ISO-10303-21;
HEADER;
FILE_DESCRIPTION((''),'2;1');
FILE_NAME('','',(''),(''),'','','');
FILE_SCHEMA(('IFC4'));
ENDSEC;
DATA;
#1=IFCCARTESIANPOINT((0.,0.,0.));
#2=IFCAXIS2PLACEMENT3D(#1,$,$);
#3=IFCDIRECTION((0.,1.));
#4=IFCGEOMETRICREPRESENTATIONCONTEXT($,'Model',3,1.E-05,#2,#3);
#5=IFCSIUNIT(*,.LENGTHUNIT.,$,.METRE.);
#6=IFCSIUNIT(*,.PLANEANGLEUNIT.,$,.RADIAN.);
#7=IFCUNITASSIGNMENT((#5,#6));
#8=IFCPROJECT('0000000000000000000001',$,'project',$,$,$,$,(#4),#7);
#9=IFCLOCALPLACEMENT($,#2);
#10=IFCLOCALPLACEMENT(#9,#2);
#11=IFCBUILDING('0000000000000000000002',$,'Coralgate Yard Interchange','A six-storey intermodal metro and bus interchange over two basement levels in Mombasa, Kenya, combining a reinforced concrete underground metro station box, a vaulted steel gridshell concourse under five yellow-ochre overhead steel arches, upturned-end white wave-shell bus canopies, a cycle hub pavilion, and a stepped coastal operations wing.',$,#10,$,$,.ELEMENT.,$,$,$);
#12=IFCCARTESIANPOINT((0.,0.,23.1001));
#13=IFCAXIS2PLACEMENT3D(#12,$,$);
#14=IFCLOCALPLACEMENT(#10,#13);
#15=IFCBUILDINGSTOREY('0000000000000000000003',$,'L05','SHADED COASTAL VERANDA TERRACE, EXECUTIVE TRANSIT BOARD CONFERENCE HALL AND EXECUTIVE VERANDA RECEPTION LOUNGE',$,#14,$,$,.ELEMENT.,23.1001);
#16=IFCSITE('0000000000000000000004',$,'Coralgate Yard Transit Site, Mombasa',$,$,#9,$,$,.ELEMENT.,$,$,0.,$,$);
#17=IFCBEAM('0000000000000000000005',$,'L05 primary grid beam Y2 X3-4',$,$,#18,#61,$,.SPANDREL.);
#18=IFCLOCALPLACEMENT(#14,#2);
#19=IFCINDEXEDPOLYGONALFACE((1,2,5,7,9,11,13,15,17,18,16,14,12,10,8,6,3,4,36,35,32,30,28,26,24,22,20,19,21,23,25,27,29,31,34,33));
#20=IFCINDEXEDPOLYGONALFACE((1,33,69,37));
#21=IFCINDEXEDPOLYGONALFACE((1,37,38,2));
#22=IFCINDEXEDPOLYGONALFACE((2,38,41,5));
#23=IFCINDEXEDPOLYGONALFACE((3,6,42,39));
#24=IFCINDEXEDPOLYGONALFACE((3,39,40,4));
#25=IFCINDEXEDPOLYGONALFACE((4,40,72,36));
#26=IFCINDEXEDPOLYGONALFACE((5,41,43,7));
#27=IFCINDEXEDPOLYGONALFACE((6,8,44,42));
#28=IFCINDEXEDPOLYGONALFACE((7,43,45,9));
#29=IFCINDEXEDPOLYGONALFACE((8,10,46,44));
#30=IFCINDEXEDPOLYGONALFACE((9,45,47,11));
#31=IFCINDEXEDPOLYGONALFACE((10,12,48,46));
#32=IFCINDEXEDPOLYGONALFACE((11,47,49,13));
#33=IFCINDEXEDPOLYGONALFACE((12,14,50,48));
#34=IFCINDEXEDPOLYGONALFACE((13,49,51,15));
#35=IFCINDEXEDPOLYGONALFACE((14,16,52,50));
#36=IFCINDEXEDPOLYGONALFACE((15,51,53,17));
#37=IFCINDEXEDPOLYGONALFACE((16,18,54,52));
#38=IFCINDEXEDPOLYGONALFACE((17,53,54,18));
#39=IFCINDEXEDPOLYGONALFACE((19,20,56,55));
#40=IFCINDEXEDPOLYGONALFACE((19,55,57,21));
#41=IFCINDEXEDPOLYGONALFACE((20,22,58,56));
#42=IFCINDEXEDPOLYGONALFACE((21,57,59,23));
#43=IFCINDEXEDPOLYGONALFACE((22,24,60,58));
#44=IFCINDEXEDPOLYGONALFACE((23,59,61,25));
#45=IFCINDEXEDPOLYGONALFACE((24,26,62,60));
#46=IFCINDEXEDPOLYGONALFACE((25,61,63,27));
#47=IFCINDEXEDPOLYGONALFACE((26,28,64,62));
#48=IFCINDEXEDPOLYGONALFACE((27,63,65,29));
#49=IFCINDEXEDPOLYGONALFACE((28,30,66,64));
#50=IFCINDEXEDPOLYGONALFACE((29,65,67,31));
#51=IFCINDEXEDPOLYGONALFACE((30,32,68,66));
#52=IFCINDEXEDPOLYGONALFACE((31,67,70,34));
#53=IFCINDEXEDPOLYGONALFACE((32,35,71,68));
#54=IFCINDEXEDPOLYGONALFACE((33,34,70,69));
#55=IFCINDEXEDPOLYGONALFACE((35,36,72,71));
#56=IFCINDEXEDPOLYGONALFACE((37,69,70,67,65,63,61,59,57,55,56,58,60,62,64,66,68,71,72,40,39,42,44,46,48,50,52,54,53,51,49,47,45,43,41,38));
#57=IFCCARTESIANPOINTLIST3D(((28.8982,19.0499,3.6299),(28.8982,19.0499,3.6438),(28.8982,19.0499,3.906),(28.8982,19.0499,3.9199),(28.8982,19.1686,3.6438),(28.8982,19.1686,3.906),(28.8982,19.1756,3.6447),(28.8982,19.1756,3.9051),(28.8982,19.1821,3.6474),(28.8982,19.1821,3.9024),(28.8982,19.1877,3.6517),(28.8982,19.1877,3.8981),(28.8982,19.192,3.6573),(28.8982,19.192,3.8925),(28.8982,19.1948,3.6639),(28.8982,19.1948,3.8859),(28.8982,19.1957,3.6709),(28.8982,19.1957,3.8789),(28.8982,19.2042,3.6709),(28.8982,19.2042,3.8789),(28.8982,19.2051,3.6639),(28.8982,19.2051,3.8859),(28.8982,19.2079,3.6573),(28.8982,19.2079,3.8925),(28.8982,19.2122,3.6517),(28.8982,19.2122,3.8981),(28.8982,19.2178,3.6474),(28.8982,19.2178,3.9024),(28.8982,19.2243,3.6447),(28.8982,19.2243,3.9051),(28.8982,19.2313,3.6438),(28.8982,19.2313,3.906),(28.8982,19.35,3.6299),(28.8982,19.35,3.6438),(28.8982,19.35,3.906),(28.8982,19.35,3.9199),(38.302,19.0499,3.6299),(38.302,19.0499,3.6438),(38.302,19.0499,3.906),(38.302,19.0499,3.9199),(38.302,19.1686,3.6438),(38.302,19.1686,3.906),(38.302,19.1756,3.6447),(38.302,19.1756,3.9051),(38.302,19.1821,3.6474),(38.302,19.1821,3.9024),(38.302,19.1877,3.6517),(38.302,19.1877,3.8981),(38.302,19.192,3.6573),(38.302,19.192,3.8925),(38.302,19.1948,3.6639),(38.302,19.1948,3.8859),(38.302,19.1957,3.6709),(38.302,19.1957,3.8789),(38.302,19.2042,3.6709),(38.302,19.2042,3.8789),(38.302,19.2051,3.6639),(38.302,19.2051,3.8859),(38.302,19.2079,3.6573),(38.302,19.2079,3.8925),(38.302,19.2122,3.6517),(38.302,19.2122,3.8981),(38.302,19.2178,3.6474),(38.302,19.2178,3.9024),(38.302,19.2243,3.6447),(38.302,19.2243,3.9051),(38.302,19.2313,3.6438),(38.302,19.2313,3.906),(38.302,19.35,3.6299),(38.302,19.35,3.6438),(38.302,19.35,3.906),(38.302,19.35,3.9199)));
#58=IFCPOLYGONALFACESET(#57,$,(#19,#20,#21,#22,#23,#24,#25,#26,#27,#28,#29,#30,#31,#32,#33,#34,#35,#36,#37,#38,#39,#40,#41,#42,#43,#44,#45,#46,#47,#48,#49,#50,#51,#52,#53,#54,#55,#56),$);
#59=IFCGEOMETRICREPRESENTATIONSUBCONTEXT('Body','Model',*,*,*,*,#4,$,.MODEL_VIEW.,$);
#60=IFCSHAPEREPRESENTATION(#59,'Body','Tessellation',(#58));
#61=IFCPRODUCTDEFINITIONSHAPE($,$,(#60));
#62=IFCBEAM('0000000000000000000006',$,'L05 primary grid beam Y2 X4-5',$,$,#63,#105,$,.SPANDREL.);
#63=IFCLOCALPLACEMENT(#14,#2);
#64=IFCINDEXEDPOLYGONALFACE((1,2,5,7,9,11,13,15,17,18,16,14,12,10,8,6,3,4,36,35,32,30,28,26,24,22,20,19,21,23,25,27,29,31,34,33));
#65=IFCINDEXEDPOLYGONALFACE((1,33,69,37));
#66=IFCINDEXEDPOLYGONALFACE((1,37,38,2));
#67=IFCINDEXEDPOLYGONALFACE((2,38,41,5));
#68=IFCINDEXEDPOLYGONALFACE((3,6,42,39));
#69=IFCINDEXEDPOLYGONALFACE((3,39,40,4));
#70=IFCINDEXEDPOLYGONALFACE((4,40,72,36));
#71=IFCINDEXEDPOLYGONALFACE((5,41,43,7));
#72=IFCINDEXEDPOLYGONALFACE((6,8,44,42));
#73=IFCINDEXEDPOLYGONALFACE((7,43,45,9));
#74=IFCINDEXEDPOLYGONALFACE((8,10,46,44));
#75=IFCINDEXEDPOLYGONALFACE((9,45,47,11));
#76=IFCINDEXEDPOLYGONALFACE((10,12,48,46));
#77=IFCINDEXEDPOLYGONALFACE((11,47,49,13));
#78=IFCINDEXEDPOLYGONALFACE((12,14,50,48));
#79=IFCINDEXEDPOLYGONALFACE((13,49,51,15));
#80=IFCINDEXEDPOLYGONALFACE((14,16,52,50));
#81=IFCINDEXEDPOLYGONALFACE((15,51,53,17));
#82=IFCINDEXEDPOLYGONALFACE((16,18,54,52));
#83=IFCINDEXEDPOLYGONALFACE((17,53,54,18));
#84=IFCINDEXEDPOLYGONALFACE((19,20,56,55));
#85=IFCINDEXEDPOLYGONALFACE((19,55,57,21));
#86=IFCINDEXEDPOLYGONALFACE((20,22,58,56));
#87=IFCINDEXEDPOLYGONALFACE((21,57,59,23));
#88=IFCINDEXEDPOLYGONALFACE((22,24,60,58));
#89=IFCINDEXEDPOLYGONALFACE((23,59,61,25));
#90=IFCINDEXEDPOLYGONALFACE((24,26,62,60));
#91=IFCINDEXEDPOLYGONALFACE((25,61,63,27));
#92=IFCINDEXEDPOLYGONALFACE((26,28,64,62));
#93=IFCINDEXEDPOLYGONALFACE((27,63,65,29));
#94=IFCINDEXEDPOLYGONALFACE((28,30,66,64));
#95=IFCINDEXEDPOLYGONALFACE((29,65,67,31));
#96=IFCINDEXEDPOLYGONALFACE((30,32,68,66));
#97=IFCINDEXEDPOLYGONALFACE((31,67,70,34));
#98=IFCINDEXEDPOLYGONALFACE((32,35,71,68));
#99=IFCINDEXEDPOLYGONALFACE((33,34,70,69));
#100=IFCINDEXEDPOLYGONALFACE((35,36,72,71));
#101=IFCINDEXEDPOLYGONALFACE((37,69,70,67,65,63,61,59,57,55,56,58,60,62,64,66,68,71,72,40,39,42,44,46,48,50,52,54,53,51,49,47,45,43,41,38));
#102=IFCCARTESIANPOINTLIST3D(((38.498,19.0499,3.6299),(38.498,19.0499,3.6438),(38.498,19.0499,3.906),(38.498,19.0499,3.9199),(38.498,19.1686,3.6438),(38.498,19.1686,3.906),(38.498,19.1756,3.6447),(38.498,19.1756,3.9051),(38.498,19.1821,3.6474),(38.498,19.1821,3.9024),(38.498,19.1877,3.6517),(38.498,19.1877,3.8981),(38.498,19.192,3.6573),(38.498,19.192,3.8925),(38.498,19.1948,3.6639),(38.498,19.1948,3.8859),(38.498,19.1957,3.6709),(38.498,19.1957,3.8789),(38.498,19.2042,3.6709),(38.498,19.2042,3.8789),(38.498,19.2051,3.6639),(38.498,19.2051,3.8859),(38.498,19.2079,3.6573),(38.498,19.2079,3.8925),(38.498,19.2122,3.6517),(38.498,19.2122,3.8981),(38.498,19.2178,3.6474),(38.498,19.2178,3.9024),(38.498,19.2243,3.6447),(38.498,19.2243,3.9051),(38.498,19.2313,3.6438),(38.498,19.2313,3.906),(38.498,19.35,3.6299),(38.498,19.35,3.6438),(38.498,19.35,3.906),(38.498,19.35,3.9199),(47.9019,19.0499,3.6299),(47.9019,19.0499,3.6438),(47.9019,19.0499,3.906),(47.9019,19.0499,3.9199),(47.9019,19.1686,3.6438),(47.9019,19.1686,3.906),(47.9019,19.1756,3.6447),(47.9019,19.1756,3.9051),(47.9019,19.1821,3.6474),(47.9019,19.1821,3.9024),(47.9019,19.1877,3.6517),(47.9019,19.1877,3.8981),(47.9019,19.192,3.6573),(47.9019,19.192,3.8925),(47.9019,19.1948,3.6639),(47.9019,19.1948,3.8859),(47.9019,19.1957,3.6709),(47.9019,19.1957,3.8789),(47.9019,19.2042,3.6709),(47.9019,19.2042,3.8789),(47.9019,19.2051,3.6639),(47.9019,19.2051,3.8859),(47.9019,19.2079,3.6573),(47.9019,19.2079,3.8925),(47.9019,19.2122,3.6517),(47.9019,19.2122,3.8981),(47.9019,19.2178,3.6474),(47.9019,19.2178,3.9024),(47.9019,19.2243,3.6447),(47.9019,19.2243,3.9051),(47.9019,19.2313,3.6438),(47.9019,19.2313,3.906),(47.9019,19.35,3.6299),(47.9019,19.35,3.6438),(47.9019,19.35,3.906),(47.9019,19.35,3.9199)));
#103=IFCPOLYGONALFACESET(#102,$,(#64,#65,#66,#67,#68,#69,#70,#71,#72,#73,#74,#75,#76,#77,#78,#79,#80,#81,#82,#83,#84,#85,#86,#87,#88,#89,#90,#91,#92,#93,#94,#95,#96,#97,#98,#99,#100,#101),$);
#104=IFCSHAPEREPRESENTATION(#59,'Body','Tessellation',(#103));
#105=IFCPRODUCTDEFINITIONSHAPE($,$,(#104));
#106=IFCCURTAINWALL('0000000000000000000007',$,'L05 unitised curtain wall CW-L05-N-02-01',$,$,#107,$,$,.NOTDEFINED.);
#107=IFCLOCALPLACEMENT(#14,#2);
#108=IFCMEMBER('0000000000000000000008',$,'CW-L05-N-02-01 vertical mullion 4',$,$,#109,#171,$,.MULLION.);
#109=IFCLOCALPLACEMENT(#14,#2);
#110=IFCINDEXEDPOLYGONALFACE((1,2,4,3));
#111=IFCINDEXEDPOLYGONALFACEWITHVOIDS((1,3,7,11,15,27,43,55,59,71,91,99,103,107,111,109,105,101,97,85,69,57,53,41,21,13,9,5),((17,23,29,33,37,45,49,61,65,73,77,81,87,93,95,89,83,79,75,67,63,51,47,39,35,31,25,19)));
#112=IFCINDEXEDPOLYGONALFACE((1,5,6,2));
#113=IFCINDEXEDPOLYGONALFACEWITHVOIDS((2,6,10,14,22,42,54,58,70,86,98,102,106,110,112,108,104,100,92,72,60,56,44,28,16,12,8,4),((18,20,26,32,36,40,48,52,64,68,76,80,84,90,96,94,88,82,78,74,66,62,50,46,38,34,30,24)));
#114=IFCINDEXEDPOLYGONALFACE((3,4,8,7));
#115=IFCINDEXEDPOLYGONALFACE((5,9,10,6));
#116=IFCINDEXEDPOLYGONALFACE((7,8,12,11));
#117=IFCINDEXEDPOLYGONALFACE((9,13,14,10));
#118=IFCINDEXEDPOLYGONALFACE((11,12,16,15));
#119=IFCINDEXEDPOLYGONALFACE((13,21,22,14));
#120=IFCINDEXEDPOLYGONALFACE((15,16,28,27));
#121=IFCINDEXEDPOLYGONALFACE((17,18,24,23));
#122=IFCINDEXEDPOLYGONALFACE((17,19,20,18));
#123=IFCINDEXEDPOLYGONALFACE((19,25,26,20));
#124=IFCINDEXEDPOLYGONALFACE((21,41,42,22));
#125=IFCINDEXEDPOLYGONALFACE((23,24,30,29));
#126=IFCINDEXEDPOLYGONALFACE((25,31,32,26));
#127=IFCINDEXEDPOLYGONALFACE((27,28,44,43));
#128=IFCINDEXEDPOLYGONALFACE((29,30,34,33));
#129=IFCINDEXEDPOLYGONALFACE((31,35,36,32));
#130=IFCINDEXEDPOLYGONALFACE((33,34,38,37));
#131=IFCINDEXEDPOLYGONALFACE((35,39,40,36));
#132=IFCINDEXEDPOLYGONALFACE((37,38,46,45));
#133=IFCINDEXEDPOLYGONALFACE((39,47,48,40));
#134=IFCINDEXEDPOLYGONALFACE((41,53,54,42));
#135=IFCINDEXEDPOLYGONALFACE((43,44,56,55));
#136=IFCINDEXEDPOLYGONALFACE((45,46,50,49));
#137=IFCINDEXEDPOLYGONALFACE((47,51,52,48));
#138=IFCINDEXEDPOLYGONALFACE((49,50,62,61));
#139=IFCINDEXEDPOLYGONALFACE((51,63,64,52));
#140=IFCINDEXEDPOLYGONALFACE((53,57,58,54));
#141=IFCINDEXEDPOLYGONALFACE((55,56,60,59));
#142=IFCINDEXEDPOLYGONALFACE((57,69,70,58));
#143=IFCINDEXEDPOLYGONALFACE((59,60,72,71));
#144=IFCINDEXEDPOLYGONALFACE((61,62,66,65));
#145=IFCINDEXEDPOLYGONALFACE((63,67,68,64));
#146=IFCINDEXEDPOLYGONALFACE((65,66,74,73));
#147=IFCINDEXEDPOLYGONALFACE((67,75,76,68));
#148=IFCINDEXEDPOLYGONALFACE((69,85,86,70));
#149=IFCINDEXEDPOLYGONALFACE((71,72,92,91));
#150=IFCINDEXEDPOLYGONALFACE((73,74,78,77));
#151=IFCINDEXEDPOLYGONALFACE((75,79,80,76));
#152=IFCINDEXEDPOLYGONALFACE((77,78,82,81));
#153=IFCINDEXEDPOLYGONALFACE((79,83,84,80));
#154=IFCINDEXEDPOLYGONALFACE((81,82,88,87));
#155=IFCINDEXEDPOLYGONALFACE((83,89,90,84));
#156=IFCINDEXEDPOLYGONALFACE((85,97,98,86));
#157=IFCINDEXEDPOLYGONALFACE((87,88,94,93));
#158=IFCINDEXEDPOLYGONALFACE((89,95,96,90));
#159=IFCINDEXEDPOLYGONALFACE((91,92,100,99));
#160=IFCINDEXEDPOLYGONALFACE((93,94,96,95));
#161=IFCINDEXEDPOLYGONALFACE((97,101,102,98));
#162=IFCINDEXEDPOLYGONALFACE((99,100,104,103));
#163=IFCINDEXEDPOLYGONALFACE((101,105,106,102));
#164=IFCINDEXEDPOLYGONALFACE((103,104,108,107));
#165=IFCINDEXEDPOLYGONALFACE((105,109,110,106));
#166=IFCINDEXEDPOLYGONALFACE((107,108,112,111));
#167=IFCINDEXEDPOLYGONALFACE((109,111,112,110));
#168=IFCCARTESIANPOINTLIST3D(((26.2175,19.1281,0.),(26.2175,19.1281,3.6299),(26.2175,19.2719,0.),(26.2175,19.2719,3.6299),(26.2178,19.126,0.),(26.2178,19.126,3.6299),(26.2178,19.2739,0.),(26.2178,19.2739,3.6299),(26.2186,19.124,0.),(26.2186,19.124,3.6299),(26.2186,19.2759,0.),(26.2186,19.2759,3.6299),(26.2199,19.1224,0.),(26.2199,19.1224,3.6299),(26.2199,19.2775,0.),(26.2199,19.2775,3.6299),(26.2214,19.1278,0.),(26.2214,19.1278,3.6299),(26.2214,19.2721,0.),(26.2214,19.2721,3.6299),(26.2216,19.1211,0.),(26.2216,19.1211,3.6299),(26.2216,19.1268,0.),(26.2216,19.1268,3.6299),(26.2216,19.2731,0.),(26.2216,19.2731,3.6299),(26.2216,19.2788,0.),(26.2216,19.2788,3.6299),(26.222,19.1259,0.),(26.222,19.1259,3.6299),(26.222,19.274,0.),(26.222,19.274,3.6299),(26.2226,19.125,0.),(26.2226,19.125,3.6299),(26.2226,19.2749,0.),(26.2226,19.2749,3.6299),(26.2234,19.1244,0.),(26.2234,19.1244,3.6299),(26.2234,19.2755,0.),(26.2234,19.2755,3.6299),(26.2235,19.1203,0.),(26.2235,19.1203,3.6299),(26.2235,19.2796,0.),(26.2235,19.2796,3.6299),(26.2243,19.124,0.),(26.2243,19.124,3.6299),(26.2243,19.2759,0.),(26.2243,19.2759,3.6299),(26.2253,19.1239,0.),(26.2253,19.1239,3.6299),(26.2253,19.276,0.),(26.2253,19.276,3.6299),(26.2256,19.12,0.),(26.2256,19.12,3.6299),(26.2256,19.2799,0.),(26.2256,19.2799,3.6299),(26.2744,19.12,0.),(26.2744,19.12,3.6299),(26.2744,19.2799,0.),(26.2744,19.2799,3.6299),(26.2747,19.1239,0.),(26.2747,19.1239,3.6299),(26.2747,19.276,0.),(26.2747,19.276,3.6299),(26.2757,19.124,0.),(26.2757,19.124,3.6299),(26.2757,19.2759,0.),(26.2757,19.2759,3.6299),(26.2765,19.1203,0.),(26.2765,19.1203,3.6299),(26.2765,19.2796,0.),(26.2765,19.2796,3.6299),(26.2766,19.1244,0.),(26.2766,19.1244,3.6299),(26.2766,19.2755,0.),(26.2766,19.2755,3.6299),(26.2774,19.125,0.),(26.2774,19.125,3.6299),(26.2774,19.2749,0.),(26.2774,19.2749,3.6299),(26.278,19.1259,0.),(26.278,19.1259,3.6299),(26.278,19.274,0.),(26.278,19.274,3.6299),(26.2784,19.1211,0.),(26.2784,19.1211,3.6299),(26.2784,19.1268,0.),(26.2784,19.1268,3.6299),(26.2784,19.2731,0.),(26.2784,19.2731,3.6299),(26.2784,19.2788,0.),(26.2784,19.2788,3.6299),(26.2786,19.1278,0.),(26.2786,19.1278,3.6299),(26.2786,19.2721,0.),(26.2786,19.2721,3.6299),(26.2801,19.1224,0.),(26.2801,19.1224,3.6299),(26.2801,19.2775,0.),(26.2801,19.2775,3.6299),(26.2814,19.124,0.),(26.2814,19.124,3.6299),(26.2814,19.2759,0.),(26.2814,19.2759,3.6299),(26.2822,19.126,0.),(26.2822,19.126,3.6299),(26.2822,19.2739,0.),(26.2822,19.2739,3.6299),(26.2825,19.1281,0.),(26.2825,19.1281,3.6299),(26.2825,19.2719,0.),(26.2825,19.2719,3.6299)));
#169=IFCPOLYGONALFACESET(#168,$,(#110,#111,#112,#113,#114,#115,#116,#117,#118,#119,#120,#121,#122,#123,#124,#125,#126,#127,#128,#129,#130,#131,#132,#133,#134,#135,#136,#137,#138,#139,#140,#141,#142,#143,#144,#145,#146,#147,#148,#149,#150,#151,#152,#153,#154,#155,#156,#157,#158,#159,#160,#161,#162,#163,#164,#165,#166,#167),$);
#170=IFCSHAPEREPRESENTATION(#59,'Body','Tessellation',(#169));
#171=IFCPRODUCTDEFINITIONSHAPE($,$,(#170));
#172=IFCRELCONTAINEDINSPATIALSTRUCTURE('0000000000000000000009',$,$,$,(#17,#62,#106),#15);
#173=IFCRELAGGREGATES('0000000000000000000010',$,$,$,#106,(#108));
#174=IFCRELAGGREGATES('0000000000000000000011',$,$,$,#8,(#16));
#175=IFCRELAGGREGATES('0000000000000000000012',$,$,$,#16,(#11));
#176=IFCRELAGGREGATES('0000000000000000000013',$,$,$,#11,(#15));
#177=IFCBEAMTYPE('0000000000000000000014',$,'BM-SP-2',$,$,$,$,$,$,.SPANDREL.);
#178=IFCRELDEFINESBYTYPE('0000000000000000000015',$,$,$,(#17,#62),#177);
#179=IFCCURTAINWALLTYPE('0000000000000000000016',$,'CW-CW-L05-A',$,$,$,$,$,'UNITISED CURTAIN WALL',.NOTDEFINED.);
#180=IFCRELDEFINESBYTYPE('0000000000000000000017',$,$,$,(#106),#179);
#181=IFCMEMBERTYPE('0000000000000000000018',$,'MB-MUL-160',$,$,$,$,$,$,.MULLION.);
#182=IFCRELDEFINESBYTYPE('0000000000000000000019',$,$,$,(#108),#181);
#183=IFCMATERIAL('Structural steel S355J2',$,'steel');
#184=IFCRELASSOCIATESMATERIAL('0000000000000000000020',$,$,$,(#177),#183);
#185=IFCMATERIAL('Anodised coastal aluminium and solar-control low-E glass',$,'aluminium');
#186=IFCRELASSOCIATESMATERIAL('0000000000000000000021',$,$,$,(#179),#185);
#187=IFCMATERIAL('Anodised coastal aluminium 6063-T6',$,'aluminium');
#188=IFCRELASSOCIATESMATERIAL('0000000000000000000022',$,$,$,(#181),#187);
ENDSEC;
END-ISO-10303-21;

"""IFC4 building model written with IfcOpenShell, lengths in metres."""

from ifc_helpers import new_model, si_unit, direction, frame, origin, origin_2d, place, context, subcontext, project, spatial, hollow_rectangle, i_section, extrude, material, material_profile, profile_set, type_object, element, aggregate, save


model = new_model("IFC4")

# Units and contexts
model_context = context("Model", 3, precision=1e-05, world=origin(), true_north=direction((0.0, 1.0)))
body_context = subcontext(model_context, "Body", "Model", "MODEL_VIEW")
ifc_project = project(units=[si_unit("LENGTHUNIT", "METRE"), si_unit("PLANEANGLEUNIT", "RADIAN")], contexts=[model_context])

# Site, building, storey
site_placement = place(None, origin())
site = spatial("IfcSite", under=ifc_project, at=site_placement, Name="Coralgate Yard Transit Site, Mombasa", CompositionType="ELEMENT", RefElevation=0.0)
building_placement = place(site_placement, origin())
building = spatial("IfcBuilding", under=site, at=building_placement, Name="Coralgate Yard Interchange", Description="A six-storey intermodal metro and bus interchange over two basement levels in Mombasa, Kenya, combining a reinforced concrete underground metro station box, a vaulted steel gridshell concourse under five yellow-ochre overhead steel arches, upturned-end white wave-shell bus canopies, a cycle hub pavilion, and a stepped coastal operations wing.", CompositionType="ELEMENT")
storey_placement = place(building_placement, frame((0.0, 0.0, 23.1001)))
storey = spatial("IfcBuildingStorey", under=building, at=storey_placement, Name="L05", Description="SHADED COASTAL VERANDA TERRACE, EXECUTIVE TRANSIT BOARD CONFERENCE HALL AND EXECUTIVE VERANDA RECEPTION LOUNGE", CompositionType="ELEMENT", Elevation=23.1001)

# Shared definitions
ifc_material_1 = material(Name="Structural steel S355J2", Category="steel")

# Beams
ifc_material_profile_1 = material_profile(ifc_material_1, i_section(OverallWidth=0.3, OverallDepth=0.29, WebThickness=0.0085, FlangeThickness=0.0139, FilletRadius=0.0271, at=origin_2d()), Name="HEA 300")
ifc_profile_set_1 = profile_set([ifc_material_profile_1], Name="Structural steel S355J2")
beam_type_1 = type_object("IfcBeamType", Name="BM-SP-2", PredefinedType="SPANDREL", material=ifc_profile_set_1)
for number, where, z_axis, x_axis, name in (
    (1, (28.8982, 19.2, 3.7749), (1.0, 0.0, 0.0), (0.0, 1.0, 0.0), "L05 primary grid beam Y2 X3-4"),
    (2, (38.498, 19.2, 3.7749), (1.0, 0.0, 0.0), (0.0, 1.0, 0.0), "L05 primary grid beam Y2 X4-5"),
):
    element("IfcBeam", number, at=place(storey_placement, frame(where, z_axis=z_axis, x_axis=x_axis)), inside=storey, type_object=beam_type_1, Name=name, PredefinedType="SPANDREL", context=body_context, shape_type="SweptSolid", body=[
        extrude(i_section(OverallWidth=0.3, OverallDepth=0.29, WebThickness=0.0085, FlangeThickness=0.0139, FilletRadius=0.0271, at=origin_2d()), origin(), (0.0, 0.0, 1.0), 9.4038),
    ])

# Curtain wall, member
ifc_material_2 = material(Name="Anodised coastal aluminium and solar-control low-E glass", Category="aluminium")
curtain_wall_type = type_object("IfcCurtainWallType", Name="CW-CW-L05-A", ElementType="UNITISED CURTAIN WALL", PredefinedType="NOTDEFINED", material=ifc_material_2)
curtain_wall_1_placement = place(storey_placement, origin())
curtain_wall_1 = element("IfcCurtainWall", 3, at=curtain_wall_1_placement, inside=storey, type_object=curtain_wall_type, Name="L05 unitised curtain wall CW-L05-N-02-01", PredefinedType="NOTDEFINED")
ifc_material_3 = material(Name="Anodised coastal aluminium 6063-T6", Category="aluminium")
ifc_material_profile_2 = material_profile(ifc_material_3, hollow_rectangle(XDim=0.0649, YDim=0.1599, WallThickness=0.0039, InnerFilletRadius=0.0039, OuterFilletRadius=0.0081, at=origin_2d()), Name="ALU 65x160x4")
ifc_profile_set_2 = profile_set([ifc_material_profile_2], Name="Anodised coastal aluminium 6063-T6")
member_type_1 = type_object("IfcMemberType", Name="MB-MUL-160", PredefinedType="MULLION", material=ifc_profile_set_2)
member_1_placement = place(storey_placement, frame((26.25, 19.2, 0.0), z_axis=(0.0, 0.0, 1.0), x_axis=(1.0, 0.0, 0.0)))
member_1 = element("IfcMember", 4, at=member_1_placement, type_object=member_type_1, Name="CW-L05-N-02-01 vertical mullion 4", PredefinedType="MULLION", context=body_context, shape_type="SweptSolid", body=[
    extrude(hollow_rectangle(XDim=0.0649, YDim=0.1599, WallThickness=0.0039, InnerFilletRadius=0.0039, OuterFilletRadius=0.0081, at=origin_2d()), origin(), (0.0, 0.0, 1.0), 3.6299),
])

aggregate(curtain_wall_1, [member_1])

save(model, "model.ifc")
